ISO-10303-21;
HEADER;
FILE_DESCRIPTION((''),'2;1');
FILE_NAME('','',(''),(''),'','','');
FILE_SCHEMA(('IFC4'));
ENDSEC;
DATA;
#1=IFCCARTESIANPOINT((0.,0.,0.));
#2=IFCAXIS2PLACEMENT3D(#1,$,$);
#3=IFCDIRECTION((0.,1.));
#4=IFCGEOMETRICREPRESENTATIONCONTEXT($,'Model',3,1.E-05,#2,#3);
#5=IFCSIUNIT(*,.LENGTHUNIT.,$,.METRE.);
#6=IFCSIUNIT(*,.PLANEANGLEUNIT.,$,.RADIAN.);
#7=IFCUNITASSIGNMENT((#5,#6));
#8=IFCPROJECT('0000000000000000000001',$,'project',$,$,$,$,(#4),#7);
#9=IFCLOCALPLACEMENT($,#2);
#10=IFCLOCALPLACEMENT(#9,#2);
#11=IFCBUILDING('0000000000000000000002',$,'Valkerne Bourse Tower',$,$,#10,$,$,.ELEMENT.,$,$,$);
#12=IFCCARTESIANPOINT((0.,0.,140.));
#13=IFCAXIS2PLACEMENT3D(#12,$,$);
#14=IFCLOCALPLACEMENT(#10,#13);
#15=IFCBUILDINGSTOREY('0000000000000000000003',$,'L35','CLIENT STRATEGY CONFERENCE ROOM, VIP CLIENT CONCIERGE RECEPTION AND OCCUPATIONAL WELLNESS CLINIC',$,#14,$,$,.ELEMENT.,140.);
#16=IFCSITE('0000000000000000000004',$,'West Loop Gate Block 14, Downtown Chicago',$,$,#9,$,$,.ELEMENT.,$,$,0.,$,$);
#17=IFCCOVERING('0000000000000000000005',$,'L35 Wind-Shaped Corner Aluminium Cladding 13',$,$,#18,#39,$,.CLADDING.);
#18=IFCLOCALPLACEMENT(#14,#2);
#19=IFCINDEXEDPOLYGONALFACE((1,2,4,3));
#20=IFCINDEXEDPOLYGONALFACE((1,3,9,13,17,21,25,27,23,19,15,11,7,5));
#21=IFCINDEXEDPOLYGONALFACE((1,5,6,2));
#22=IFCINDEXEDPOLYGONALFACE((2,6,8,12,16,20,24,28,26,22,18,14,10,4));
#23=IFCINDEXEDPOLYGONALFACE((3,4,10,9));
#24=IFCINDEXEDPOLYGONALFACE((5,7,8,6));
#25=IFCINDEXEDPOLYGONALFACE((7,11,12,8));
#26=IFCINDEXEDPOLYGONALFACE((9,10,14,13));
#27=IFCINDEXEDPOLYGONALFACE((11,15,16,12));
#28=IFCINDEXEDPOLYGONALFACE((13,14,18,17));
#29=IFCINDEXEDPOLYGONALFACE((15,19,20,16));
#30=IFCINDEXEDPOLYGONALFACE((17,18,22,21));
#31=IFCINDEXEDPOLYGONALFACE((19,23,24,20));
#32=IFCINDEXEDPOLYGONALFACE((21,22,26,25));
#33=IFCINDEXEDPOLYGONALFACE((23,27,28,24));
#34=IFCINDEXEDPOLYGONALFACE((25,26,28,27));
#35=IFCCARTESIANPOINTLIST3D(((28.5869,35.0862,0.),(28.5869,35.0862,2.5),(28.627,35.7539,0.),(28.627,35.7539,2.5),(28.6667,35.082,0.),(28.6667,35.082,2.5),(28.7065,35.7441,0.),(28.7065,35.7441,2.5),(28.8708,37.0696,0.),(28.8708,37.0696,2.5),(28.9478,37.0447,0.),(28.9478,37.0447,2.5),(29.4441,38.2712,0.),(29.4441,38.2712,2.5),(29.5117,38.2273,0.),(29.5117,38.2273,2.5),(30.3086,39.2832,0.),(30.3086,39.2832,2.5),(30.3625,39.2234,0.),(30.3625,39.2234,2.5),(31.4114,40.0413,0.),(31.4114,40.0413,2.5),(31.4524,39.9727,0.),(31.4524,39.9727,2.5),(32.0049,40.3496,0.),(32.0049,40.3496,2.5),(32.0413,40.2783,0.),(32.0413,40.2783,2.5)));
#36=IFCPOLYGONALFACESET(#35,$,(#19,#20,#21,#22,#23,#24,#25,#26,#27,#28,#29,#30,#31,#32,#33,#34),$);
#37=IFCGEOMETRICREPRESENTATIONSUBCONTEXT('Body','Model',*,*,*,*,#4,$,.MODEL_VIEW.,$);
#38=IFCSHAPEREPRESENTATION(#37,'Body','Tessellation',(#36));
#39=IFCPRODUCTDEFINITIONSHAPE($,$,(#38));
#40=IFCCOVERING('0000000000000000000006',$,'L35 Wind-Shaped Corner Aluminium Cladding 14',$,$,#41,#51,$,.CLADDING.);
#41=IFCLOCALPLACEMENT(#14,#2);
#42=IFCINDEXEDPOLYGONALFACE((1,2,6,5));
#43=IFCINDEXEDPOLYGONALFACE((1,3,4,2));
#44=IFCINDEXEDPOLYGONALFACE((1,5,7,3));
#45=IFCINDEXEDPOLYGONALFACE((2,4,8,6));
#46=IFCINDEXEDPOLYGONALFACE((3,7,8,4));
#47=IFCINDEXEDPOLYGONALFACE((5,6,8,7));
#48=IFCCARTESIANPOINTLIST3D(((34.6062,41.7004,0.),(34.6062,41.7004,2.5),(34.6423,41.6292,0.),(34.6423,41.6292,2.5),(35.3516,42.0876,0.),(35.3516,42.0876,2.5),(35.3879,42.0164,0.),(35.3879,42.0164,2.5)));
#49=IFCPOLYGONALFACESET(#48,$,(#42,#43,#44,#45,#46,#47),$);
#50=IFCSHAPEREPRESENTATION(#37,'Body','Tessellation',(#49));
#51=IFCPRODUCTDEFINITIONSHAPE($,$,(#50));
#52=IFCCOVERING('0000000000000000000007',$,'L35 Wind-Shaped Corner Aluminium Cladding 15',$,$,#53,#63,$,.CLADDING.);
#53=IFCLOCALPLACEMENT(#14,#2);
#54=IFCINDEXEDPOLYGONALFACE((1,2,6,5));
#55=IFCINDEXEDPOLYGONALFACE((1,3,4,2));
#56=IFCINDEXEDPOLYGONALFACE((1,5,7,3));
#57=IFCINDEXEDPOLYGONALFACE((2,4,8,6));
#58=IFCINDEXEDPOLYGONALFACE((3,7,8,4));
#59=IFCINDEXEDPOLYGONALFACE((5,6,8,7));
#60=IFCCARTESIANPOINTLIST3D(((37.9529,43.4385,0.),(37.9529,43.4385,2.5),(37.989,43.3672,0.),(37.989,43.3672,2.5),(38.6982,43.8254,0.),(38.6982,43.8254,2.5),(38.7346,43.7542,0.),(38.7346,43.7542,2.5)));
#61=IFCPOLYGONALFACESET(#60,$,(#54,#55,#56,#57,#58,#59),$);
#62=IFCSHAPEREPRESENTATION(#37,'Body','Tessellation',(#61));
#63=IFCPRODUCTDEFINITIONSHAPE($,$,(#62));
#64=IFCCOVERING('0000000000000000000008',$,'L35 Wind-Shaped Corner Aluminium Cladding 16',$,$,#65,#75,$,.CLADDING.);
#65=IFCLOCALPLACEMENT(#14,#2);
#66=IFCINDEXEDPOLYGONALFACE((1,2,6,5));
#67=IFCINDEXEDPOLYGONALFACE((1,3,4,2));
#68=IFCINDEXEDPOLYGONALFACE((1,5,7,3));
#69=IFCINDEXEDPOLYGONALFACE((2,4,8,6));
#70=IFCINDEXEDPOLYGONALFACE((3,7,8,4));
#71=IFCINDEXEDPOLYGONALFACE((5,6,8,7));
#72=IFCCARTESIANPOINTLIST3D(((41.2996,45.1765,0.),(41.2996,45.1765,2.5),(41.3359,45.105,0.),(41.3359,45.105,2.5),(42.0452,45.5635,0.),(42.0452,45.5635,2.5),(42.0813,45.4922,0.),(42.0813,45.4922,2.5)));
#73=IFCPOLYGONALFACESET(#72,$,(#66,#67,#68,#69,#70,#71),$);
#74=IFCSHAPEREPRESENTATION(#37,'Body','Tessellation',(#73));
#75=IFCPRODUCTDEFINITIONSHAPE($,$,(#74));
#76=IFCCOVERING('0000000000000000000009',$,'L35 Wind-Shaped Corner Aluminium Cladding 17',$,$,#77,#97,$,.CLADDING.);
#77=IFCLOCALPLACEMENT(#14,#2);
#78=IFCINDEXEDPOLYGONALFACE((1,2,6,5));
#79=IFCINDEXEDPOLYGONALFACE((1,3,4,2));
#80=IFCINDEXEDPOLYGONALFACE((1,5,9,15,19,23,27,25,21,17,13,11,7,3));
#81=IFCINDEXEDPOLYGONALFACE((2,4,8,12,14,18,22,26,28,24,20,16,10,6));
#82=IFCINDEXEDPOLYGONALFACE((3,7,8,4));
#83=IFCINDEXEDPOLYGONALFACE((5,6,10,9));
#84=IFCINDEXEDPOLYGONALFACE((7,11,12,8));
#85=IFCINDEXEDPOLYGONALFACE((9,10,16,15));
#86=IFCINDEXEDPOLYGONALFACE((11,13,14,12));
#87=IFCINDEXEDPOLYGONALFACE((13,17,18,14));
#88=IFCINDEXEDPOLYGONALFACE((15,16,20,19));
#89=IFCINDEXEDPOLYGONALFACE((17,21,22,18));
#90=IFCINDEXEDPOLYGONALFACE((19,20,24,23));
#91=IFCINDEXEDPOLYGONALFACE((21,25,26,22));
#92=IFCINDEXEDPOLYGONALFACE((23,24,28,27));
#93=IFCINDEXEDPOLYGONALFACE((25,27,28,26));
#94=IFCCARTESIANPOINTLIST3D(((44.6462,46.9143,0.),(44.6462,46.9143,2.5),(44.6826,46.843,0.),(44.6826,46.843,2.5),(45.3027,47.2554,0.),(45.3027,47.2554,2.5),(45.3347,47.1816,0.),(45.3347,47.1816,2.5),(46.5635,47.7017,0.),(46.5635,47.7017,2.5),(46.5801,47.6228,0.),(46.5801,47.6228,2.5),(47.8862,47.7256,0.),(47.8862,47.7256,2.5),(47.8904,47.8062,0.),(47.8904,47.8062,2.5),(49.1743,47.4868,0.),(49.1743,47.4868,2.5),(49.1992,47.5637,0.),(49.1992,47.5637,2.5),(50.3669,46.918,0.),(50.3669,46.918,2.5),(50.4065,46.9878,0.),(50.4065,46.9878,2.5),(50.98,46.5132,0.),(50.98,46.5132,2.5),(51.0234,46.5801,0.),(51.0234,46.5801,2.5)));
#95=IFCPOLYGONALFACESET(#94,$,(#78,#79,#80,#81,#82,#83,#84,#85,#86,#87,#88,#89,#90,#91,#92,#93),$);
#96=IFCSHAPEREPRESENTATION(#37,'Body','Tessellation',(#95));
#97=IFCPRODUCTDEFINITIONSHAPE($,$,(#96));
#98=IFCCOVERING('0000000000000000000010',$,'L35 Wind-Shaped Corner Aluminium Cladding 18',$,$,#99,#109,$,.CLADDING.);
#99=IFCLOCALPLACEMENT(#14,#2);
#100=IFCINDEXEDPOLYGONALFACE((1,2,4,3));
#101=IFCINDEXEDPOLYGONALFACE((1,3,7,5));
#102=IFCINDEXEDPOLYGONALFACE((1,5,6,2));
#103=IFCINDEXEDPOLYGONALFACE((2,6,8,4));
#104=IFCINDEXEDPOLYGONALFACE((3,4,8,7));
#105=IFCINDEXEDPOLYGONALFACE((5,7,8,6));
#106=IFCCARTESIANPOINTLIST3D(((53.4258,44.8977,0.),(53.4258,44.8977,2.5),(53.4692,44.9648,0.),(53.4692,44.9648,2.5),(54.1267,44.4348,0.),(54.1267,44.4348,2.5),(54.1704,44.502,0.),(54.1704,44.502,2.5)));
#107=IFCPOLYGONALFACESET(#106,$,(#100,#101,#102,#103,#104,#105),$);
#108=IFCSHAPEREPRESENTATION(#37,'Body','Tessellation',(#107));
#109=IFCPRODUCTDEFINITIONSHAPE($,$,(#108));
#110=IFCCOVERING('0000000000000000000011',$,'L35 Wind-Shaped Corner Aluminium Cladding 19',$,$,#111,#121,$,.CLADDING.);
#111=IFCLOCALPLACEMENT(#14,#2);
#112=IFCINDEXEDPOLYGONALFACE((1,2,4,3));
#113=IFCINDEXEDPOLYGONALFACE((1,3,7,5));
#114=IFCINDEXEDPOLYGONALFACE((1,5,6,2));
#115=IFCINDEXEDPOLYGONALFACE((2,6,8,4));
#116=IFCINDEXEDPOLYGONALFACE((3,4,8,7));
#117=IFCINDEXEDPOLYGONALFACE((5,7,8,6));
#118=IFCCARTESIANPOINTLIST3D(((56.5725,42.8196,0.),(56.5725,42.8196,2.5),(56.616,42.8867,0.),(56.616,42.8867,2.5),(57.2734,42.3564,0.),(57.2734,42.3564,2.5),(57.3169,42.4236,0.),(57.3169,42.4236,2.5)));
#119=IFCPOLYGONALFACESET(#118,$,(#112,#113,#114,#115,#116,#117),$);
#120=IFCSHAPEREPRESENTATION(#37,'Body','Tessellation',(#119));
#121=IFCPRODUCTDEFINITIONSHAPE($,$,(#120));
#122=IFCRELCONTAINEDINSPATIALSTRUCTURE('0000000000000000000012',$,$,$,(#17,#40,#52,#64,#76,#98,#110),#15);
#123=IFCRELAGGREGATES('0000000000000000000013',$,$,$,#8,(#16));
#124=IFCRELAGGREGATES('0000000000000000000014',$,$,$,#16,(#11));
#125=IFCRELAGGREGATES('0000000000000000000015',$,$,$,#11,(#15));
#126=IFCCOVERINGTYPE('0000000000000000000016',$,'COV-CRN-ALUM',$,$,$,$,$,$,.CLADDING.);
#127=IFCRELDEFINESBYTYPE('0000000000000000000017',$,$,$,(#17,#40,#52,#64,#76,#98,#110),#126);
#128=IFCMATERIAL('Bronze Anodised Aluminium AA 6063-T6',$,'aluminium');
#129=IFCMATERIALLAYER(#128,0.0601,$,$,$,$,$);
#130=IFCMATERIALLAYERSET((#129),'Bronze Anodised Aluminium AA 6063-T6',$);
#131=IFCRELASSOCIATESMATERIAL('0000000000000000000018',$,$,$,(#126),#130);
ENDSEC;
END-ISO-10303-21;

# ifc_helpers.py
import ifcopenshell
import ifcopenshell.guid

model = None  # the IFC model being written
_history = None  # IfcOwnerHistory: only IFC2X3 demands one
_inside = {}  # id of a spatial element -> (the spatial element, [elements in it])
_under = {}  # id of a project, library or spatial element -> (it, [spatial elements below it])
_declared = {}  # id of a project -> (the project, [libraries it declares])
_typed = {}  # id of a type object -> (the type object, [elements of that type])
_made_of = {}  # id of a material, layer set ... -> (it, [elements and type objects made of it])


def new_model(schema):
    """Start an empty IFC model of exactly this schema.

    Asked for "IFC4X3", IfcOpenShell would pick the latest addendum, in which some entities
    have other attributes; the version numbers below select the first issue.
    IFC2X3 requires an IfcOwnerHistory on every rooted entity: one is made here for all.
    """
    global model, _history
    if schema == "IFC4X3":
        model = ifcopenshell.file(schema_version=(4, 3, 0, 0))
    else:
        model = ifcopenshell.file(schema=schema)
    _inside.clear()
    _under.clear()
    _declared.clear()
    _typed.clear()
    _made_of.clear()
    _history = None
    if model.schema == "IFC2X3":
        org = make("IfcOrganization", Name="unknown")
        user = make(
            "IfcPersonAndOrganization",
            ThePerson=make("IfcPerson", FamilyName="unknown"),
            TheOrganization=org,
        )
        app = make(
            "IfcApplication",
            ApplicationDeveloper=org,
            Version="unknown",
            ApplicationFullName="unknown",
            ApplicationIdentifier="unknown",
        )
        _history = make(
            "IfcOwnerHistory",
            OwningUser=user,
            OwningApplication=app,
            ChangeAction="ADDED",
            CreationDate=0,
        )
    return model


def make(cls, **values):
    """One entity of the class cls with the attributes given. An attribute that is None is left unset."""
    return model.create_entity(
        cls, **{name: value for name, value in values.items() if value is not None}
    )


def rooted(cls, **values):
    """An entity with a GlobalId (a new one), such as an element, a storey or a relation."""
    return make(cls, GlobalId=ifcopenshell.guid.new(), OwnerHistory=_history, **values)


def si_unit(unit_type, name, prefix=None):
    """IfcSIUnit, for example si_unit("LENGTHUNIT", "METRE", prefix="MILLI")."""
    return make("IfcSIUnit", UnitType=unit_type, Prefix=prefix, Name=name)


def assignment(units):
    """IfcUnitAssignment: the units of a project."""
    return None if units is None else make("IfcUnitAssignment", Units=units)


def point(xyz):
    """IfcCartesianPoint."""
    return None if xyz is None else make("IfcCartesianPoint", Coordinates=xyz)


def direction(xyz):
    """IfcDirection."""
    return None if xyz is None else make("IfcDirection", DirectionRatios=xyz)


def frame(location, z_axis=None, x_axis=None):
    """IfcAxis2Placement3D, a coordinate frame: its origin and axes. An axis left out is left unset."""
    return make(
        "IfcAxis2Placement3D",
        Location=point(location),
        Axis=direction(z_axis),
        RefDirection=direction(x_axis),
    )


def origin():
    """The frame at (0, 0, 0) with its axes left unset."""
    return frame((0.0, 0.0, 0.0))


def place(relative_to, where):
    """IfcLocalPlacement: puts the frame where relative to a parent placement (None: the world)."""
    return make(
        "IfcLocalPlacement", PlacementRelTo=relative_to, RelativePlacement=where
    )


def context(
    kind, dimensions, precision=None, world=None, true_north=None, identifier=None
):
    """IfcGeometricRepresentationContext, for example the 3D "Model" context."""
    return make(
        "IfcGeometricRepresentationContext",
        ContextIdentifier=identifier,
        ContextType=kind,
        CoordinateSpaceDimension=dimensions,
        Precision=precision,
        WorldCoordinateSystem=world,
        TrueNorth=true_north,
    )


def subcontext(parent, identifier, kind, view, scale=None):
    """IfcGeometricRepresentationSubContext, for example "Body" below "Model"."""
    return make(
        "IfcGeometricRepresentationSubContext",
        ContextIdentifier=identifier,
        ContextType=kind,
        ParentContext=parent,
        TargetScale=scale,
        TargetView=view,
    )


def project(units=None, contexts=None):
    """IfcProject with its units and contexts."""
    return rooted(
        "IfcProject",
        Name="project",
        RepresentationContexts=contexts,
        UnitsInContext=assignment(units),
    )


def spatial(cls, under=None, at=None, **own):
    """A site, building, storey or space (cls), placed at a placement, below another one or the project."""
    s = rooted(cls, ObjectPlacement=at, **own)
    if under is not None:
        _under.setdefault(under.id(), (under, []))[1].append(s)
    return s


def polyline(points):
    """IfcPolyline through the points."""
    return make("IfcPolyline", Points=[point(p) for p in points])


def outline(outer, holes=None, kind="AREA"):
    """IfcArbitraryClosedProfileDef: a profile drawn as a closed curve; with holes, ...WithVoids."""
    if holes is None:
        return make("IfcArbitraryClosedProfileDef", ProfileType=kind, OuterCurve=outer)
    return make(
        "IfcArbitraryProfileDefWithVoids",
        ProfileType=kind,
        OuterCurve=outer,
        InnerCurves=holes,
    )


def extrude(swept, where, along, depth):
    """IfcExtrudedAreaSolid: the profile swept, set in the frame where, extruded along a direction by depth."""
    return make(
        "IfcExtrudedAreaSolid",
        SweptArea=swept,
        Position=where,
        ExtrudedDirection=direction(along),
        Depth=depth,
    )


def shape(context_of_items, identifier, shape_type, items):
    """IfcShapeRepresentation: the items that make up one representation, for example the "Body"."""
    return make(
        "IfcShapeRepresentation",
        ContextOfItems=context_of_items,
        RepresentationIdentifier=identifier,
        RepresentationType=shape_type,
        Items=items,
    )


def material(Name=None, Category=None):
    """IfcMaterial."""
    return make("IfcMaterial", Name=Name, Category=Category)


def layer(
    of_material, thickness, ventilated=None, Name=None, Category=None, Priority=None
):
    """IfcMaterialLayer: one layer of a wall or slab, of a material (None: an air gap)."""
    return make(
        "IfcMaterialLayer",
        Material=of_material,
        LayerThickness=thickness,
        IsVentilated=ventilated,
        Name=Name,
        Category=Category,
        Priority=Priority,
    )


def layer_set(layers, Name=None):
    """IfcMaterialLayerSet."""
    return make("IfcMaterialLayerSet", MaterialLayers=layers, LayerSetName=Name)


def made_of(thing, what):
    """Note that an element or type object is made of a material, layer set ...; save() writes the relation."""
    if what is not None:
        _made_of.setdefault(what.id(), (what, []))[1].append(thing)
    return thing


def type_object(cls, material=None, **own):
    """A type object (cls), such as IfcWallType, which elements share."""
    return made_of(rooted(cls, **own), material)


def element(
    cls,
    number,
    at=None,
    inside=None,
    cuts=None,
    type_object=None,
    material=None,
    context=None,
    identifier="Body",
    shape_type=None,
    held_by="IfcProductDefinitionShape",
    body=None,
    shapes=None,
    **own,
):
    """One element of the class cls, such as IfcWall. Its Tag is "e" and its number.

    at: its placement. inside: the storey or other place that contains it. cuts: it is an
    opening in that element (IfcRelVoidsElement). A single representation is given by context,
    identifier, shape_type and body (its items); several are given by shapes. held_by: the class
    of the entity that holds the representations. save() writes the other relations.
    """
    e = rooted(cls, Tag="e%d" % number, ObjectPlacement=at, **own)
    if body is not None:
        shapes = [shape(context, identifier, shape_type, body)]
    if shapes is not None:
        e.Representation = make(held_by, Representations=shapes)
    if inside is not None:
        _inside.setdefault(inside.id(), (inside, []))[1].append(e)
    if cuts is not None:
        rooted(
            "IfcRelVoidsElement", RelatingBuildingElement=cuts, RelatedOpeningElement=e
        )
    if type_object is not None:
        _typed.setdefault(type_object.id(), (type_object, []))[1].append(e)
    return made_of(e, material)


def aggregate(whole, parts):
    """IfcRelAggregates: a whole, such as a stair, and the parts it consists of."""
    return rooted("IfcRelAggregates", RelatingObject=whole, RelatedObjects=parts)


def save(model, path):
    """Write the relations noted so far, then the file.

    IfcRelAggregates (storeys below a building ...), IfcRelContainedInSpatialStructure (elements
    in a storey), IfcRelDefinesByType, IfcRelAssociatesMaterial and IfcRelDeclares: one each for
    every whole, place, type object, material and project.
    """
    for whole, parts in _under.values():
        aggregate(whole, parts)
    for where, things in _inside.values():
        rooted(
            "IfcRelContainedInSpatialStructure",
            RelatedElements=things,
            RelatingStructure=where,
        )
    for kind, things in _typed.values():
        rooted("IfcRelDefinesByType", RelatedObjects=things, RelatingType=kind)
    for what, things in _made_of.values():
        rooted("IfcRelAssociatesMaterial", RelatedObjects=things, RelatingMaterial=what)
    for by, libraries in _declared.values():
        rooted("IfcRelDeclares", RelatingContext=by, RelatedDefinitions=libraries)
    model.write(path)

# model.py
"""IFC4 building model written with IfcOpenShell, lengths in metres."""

from ifc_helpers import new_model, si_unit, direction, frame, origin, place, context, subcontext, project, spatial, polyline, outline, extrude, material, layer, layer_set, type_object, element, save


model = new_model("IFC4")

# Units and contexts
model_context = context("Model", 3, precision=1e-05, world=origin(), true_north=direction((0.0, 1.0)))
body_context = subcontext(model_context, "Body", "Model", "MODEL_VIEW")
ifc_project = project(units=[si_unit("LENGTHUNIT", "METRE"), si_unit("PLANEANGLEUNIT", "RADIAN")], contexts=[model_context])

# Site, building, storey
site_placement = place(None, origin())
site = spatial("IfcSite", under=ifc_project, at=site_placement, Name="West Loop Gate Block 14, Downtown Chicago", CompositionType="ELEMENT", RefElevation=0.0)
building_placement = place(site_placement, origin())
building = spatial("IfcBuilding", under=site, at=building_placement, Name="Valkerne Bourse Tower", CompositionType="ELEMENT")
storey_placement = place(building_placement, frame((0.0, 0.0, 140.0)))
storey = spatial("IfcBuildingStorey", under=building, at=storey_placement, Name="L35", Description="CLIENT STRATEGY CONFERENCE ROOM, VIP CLIENT CONCIERGE RECEPTION AND OCCUPATIONAL WELLNESS CLINIC", CompositionType="ELEMENT", Elevation=140.0)

# Coverings
ifc_material_1 = material(Name="Bronze Anodised Aluminium AA 6063-T6", Category="aluminium")
ifc_layer_1 = layer(ifc_material_1, 0.0601)
ifc_layer_set_1 = layer_set([ifc_layer_1], Name="Bronze Anodised Aluminium AA 6063-T6")
covering_type = type_object("IfcCoveringType", Name="COV-CRN-ALUM", PredefinedType="CLADDING", material=ifc_layer_set_1)
covering_1_placement = place(storey_placement, origin())
element("IfcCovering", 1, at=covering_1_placement, inside=storey, type_object=covering_type, Name="L35 Wind-Shaped Corner Aluminium Cladding 13", PredefinedType="CLADDING", context=body_context, shape_type="SweptSolid", body=[
    extrude(outline(polyline([(28.627, 35.7539), (28.8708, 37.0696), (29.4441, 38.2712), (30.3086, 39.2832), (31.4114, 40.0413), (32.0049, 40.3496), (32.0413, 40.2783), (31.4524, 39.9727), (30.3625, 39.2234), (29.5117, 38.2273), (28.9478, 37.0447), (28.7065, 35.7441), (28.6667, 35.082), (28.5869, 35.0862), (28.627, 35.7539)])), origin(), (0.0, 0.0, 1.0), 2.5),
])
covering_2_placement = place(storey_placement, origin())
element("IfcCovering", 2, at=covering_2_placement, inside=storey, type_object=covering_type, Name="L35 Wind-Shaped Corner Aluminium Cladding 14", PredefinedType="CLADDING", context=body_context, shape_type="SweptSolid", body=[
    extrude(outline(polyline([(35.3516, 42.0876), (35.3879, 42.0164), (34.6423, 41.6292), (34.6062, 41.7004), (35.3516, 42.0876)])), origin(), (0.0, 0.0, 1.0), 2.5),
])
covering_3_placement = place(storey_placement, origin())
element("IfcCovering", 3, at=covering_3_placement, inside=storey, type_object=covering_type, Name="L35 Wind-Shaped Corner Aluminium Cladding 15", PredefinedType="CLADDING", context=body_context, shape_type="SweptSolid", body=[
    extrude(outline(polyline([(38.6982, 43.8254), (38.7346, 43.7542), (37.989, 43.3672), (37.9529, 43.4385), (38.6982, 43.8254)])), origin(), (0.0, 0.0, 1.0), 2.5),
])
covering_4_placement = place(storey_placement, origin())
element("IfcCovering", 4, at=covering_4_placement, inside=storey, type_object=covering_type, Name="L35 Wind-Shaped Corner Aluminium Cladding 16", PredefinedType="CLADDING", context=body_context, shape_type="SweptSolid", body=[
    extrude(outline(polyline([(42.0452, 45.5635), (42.0813, 45.4922), (41.3359, 45.105), (41.2996, 45.1765), (42.0452, 45.5635)])), origin(), (0.0, 0.0, 1.0), 2.5),
])
covering_5_placement = place(storey_placement, origin())
element("IfcCovering", 5, at=covering_5_placement, inside=storey, type_object=covering_type, Name="L35 Wind-Shaped Corner Aluminium Cladding 17", PredefinedType="CLADDING", context=body_context, shape_type="SweptSolid", body=[
    extrude(outline(polyline([(45.3027, 47.2554), (46.5635, 47.7017), (47.8904, 47.8062), (49.1992, 47.5637), (50.4065, 46.9878), (51.0234, 46.5801), (50.98, 46.5132), (50.3669, 46.918), (49.1743, 47.4868), (47.8862, 47.7256), (46.5801, 47.6228), (45.3347, 47.1816), (44.6826, 46.843), (44.6462, 46.9143), (45.3027, 47.2554)])), origin(), (0.0, 0.0, 1.0), 2.5),
])
covering_6_placement = place(storey_placement, origin())
element("IfcCovering", 6, at=covering_6_placement, inside=storey, type_object=covering_type, Name="L35 Wind-Shaped Corner Aluminium Cladding 18", PredefinedType="CLADDING", context=body_context, shape_type="SweptSolid", body=[
    extrude(outline(polyline([(54.1704, 44.502), (54.1267, 44.4348), (53.4258, 44.8977), (53.4692, 44.9648), (54.1704, 44.502)])), origin(), (0.0, 0.0, 1.0), 2.5),
])
covering_7_placement = place(storey_placement, origin())
element("IfcCovering", 7, at=covering_7_placement, inside=storey, type_object=covering_type, Name="L35 Wind-Shaped Corner Aluminium Cladding 19", PredefinedType="CLADDING", context=body_context, shape_type="SweptSolid", body=[
    extrude(outline(polyline([(57.3169, 42.4236), (57.2734, 42.3564), (56.5725, 42.8196), (56.616, 42.8867), (57.3169, 42.4236)])), origin(), (0.0, 0.0, 1.0), 2.5),
])

save(model, "model.ifc")
